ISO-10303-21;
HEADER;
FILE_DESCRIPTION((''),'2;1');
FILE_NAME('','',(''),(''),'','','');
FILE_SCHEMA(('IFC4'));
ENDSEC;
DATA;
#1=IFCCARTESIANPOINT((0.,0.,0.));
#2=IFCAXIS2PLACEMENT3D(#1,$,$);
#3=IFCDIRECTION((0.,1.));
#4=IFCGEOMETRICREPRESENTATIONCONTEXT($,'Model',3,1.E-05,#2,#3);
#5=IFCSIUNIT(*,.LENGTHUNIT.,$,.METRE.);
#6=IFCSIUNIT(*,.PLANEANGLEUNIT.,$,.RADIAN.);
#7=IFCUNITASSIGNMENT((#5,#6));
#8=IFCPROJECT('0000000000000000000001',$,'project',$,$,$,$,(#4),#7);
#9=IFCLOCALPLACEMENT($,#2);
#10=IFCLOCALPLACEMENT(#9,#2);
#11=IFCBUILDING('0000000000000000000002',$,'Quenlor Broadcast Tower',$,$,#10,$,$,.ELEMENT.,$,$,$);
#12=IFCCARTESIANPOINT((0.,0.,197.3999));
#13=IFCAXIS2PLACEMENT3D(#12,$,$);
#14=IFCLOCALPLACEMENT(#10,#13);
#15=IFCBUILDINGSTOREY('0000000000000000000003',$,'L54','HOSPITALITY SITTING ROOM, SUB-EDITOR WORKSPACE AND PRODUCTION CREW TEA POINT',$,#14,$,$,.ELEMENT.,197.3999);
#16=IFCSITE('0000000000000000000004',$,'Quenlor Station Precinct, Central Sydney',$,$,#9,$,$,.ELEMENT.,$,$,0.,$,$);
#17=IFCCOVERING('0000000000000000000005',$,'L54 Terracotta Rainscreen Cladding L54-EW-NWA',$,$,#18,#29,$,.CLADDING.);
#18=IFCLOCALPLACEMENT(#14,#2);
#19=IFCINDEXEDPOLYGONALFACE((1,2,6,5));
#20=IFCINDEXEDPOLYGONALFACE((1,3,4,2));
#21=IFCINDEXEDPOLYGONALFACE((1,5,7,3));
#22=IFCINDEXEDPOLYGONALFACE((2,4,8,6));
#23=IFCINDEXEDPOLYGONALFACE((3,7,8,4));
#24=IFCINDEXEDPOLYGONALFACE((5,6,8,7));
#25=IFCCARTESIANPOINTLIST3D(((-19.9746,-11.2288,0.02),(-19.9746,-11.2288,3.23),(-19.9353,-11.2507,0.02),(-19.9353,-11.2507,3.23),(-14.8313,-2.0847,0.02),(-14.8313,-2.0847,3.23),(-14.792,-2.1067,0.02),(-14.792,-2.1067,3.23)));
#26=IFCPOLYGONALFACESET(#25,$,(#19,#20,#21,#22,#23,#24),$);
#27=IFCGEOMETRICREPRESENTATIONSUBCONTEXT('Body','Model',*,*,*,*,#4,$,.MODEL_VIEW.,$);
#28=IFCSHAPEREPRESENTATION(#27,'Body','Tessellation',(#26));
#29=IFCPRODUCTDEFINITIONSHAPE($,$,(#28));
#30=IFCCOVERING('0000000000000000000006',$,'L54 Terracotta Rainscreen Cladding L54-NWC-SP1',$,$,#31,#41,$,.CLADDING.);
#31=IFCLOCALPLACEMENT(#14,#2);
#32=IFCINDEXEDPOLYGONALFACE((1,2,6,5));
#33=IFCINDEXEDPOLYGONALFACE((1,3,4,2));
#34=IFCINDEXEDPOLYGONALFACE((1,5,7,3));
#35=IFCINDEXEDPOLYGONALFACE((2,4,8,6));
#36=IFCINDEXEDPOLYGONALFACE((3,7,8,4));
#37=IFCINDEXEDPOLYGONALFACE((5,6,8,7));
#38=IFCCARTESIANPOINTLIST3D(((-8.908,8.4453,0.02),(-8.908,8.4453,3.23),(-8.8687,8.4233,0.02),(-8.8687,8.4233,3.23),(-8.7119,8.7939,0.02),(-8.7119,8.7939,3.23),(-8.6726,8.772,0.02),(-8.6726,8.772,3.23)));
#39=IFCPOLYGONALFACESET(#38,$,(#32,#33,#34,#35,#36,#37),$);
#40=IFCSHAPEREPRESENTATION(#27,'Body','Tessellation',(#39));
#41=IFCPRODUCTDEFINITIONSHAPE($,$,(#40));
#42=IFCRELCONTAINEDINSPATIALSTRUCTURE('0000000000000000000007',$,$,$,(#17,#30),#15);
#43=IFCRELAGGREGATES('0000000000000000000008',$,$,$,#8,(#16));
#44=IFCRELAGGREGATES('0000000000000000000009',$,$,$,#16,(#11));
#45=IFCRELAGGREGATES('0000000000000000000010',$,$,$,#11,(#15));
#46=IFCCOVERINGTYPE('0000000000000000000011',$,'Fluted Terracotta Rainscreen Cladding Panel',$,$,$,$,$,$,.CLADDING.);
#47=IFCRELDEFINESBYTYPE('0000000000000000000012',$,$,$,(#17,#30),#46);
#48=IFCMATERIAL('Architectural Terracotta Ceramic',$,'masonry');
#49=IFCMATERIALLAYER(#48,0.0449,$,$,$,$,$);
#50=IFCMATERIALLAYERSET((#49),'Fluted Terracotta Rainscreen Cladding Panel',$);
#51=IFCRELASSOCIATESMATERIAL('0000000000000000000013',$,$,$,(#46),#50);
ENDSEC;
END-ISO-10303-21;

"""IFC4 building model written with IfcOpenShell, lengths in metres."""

from ifc_helpers import new_model, si_unit, direction, frame, origin, place, context, subcontext, project, spatial, polyline, outline, extrude, material, layer, layer_set, type_object, element, save


model = new_model("IFC4")

# Units and contexts
model_context = context("Model", 3, precision=1e-05, world=origin(), true_north=direction((0.0, 1.0)))
body_context = subcontext(model_context, "Body", "Model", "MODEL_VIEW")
ifc_project = project(units=[si_unit("LENGTHUNIT", "METRE"), si_unit("PLANEANGLEUNIT", "RADIAN")], contexts=[model_context])

# Site, building, storey
site_placement = place(None, origin())
site = spatial("IfcSite", under=ifc_project, at=site_placement, Name="Quenlor Station Precinct, Central Sydney", CompositionType="ELEMENT", RefElevation=0.0)
building_placement = place(site_placement, origin())
building = spatial("IfcBuilding", under=site, at=building_placement, Name="Quenlor Broadcast Tower", CompositionType="ELEMENT")
storey_placement = place(building_placement, frame((0.0, 0.0, 197.3999)))
storey = spatial("IfcBuildingStorey", under=building, at=storey_placement, Name="L54", Description="HOSPITALITY SITTING ROOM, SUB-EDITOR WORKSPACE AND PRODUCTION CREW TEA POINT", CompositionType="ELEMENT", Elevation=197.3999)

# Coverings
ifc_material_1 = material(Name="Architectural Terracotta Ceramic", Category="masonry")
ifc_layer_1 = layer(ifc_material_1, 0.0449)
ifc_layer_set_1 = layer_set([ifc_layer_1], Name="Fluted Terracotta Rainscreen Cladding Panel")
covering_type = type_object("IfcCoveringType", Name="Fluted Terracotta Rainscreen Cladding Panel", PredefinedType="CLADDING", material=ifc_layer_set_1)
covering_1_placement = place(storey_placement, frame((0.0, 0.0, 0.02)))
element("IfcCovering", 1, at=covering_1_placement, inside=storey, type_object=covering_type, Name="L54 Terracotta Rainscreen Cladding L54-EW-NWA", PredefinedType="CLADDING", context=body_context, shape_type="SweptSolid", body=[
    extrude(outline(polyline([(-19.9353, -11.2507), (-14.792, -2.1067), (-14.8313, -2.0847), (-19.9746, -11.2288), (-19.9353, -11.2507)])), origin(), (0.0, 0.0, 1.0), 3.21),
])
covering_2_placement = place(storey_placement, frame((0.0, 0.0, 0.02)))
element("IfcCovering", 2, at=covering_2_placement, inside=storey, type_object=covering_type, Name="L54 Terracotta Rainscreen Cladding L54-NWC-SP1", PredefinedType="CLADDING", context=body_context, shape_type="SweptSolid", body=[
    extrude(outline(polyline([(-8.8687, 8.4233), (-8.6726, 8.772), (-8.7119, 8.7939), (-8.908, 8.4453), (-8.8687, 8.4233)])), origin(), (0.0, 0.0, 1.0), 3.21),
])

save(model, "model.ifc")
